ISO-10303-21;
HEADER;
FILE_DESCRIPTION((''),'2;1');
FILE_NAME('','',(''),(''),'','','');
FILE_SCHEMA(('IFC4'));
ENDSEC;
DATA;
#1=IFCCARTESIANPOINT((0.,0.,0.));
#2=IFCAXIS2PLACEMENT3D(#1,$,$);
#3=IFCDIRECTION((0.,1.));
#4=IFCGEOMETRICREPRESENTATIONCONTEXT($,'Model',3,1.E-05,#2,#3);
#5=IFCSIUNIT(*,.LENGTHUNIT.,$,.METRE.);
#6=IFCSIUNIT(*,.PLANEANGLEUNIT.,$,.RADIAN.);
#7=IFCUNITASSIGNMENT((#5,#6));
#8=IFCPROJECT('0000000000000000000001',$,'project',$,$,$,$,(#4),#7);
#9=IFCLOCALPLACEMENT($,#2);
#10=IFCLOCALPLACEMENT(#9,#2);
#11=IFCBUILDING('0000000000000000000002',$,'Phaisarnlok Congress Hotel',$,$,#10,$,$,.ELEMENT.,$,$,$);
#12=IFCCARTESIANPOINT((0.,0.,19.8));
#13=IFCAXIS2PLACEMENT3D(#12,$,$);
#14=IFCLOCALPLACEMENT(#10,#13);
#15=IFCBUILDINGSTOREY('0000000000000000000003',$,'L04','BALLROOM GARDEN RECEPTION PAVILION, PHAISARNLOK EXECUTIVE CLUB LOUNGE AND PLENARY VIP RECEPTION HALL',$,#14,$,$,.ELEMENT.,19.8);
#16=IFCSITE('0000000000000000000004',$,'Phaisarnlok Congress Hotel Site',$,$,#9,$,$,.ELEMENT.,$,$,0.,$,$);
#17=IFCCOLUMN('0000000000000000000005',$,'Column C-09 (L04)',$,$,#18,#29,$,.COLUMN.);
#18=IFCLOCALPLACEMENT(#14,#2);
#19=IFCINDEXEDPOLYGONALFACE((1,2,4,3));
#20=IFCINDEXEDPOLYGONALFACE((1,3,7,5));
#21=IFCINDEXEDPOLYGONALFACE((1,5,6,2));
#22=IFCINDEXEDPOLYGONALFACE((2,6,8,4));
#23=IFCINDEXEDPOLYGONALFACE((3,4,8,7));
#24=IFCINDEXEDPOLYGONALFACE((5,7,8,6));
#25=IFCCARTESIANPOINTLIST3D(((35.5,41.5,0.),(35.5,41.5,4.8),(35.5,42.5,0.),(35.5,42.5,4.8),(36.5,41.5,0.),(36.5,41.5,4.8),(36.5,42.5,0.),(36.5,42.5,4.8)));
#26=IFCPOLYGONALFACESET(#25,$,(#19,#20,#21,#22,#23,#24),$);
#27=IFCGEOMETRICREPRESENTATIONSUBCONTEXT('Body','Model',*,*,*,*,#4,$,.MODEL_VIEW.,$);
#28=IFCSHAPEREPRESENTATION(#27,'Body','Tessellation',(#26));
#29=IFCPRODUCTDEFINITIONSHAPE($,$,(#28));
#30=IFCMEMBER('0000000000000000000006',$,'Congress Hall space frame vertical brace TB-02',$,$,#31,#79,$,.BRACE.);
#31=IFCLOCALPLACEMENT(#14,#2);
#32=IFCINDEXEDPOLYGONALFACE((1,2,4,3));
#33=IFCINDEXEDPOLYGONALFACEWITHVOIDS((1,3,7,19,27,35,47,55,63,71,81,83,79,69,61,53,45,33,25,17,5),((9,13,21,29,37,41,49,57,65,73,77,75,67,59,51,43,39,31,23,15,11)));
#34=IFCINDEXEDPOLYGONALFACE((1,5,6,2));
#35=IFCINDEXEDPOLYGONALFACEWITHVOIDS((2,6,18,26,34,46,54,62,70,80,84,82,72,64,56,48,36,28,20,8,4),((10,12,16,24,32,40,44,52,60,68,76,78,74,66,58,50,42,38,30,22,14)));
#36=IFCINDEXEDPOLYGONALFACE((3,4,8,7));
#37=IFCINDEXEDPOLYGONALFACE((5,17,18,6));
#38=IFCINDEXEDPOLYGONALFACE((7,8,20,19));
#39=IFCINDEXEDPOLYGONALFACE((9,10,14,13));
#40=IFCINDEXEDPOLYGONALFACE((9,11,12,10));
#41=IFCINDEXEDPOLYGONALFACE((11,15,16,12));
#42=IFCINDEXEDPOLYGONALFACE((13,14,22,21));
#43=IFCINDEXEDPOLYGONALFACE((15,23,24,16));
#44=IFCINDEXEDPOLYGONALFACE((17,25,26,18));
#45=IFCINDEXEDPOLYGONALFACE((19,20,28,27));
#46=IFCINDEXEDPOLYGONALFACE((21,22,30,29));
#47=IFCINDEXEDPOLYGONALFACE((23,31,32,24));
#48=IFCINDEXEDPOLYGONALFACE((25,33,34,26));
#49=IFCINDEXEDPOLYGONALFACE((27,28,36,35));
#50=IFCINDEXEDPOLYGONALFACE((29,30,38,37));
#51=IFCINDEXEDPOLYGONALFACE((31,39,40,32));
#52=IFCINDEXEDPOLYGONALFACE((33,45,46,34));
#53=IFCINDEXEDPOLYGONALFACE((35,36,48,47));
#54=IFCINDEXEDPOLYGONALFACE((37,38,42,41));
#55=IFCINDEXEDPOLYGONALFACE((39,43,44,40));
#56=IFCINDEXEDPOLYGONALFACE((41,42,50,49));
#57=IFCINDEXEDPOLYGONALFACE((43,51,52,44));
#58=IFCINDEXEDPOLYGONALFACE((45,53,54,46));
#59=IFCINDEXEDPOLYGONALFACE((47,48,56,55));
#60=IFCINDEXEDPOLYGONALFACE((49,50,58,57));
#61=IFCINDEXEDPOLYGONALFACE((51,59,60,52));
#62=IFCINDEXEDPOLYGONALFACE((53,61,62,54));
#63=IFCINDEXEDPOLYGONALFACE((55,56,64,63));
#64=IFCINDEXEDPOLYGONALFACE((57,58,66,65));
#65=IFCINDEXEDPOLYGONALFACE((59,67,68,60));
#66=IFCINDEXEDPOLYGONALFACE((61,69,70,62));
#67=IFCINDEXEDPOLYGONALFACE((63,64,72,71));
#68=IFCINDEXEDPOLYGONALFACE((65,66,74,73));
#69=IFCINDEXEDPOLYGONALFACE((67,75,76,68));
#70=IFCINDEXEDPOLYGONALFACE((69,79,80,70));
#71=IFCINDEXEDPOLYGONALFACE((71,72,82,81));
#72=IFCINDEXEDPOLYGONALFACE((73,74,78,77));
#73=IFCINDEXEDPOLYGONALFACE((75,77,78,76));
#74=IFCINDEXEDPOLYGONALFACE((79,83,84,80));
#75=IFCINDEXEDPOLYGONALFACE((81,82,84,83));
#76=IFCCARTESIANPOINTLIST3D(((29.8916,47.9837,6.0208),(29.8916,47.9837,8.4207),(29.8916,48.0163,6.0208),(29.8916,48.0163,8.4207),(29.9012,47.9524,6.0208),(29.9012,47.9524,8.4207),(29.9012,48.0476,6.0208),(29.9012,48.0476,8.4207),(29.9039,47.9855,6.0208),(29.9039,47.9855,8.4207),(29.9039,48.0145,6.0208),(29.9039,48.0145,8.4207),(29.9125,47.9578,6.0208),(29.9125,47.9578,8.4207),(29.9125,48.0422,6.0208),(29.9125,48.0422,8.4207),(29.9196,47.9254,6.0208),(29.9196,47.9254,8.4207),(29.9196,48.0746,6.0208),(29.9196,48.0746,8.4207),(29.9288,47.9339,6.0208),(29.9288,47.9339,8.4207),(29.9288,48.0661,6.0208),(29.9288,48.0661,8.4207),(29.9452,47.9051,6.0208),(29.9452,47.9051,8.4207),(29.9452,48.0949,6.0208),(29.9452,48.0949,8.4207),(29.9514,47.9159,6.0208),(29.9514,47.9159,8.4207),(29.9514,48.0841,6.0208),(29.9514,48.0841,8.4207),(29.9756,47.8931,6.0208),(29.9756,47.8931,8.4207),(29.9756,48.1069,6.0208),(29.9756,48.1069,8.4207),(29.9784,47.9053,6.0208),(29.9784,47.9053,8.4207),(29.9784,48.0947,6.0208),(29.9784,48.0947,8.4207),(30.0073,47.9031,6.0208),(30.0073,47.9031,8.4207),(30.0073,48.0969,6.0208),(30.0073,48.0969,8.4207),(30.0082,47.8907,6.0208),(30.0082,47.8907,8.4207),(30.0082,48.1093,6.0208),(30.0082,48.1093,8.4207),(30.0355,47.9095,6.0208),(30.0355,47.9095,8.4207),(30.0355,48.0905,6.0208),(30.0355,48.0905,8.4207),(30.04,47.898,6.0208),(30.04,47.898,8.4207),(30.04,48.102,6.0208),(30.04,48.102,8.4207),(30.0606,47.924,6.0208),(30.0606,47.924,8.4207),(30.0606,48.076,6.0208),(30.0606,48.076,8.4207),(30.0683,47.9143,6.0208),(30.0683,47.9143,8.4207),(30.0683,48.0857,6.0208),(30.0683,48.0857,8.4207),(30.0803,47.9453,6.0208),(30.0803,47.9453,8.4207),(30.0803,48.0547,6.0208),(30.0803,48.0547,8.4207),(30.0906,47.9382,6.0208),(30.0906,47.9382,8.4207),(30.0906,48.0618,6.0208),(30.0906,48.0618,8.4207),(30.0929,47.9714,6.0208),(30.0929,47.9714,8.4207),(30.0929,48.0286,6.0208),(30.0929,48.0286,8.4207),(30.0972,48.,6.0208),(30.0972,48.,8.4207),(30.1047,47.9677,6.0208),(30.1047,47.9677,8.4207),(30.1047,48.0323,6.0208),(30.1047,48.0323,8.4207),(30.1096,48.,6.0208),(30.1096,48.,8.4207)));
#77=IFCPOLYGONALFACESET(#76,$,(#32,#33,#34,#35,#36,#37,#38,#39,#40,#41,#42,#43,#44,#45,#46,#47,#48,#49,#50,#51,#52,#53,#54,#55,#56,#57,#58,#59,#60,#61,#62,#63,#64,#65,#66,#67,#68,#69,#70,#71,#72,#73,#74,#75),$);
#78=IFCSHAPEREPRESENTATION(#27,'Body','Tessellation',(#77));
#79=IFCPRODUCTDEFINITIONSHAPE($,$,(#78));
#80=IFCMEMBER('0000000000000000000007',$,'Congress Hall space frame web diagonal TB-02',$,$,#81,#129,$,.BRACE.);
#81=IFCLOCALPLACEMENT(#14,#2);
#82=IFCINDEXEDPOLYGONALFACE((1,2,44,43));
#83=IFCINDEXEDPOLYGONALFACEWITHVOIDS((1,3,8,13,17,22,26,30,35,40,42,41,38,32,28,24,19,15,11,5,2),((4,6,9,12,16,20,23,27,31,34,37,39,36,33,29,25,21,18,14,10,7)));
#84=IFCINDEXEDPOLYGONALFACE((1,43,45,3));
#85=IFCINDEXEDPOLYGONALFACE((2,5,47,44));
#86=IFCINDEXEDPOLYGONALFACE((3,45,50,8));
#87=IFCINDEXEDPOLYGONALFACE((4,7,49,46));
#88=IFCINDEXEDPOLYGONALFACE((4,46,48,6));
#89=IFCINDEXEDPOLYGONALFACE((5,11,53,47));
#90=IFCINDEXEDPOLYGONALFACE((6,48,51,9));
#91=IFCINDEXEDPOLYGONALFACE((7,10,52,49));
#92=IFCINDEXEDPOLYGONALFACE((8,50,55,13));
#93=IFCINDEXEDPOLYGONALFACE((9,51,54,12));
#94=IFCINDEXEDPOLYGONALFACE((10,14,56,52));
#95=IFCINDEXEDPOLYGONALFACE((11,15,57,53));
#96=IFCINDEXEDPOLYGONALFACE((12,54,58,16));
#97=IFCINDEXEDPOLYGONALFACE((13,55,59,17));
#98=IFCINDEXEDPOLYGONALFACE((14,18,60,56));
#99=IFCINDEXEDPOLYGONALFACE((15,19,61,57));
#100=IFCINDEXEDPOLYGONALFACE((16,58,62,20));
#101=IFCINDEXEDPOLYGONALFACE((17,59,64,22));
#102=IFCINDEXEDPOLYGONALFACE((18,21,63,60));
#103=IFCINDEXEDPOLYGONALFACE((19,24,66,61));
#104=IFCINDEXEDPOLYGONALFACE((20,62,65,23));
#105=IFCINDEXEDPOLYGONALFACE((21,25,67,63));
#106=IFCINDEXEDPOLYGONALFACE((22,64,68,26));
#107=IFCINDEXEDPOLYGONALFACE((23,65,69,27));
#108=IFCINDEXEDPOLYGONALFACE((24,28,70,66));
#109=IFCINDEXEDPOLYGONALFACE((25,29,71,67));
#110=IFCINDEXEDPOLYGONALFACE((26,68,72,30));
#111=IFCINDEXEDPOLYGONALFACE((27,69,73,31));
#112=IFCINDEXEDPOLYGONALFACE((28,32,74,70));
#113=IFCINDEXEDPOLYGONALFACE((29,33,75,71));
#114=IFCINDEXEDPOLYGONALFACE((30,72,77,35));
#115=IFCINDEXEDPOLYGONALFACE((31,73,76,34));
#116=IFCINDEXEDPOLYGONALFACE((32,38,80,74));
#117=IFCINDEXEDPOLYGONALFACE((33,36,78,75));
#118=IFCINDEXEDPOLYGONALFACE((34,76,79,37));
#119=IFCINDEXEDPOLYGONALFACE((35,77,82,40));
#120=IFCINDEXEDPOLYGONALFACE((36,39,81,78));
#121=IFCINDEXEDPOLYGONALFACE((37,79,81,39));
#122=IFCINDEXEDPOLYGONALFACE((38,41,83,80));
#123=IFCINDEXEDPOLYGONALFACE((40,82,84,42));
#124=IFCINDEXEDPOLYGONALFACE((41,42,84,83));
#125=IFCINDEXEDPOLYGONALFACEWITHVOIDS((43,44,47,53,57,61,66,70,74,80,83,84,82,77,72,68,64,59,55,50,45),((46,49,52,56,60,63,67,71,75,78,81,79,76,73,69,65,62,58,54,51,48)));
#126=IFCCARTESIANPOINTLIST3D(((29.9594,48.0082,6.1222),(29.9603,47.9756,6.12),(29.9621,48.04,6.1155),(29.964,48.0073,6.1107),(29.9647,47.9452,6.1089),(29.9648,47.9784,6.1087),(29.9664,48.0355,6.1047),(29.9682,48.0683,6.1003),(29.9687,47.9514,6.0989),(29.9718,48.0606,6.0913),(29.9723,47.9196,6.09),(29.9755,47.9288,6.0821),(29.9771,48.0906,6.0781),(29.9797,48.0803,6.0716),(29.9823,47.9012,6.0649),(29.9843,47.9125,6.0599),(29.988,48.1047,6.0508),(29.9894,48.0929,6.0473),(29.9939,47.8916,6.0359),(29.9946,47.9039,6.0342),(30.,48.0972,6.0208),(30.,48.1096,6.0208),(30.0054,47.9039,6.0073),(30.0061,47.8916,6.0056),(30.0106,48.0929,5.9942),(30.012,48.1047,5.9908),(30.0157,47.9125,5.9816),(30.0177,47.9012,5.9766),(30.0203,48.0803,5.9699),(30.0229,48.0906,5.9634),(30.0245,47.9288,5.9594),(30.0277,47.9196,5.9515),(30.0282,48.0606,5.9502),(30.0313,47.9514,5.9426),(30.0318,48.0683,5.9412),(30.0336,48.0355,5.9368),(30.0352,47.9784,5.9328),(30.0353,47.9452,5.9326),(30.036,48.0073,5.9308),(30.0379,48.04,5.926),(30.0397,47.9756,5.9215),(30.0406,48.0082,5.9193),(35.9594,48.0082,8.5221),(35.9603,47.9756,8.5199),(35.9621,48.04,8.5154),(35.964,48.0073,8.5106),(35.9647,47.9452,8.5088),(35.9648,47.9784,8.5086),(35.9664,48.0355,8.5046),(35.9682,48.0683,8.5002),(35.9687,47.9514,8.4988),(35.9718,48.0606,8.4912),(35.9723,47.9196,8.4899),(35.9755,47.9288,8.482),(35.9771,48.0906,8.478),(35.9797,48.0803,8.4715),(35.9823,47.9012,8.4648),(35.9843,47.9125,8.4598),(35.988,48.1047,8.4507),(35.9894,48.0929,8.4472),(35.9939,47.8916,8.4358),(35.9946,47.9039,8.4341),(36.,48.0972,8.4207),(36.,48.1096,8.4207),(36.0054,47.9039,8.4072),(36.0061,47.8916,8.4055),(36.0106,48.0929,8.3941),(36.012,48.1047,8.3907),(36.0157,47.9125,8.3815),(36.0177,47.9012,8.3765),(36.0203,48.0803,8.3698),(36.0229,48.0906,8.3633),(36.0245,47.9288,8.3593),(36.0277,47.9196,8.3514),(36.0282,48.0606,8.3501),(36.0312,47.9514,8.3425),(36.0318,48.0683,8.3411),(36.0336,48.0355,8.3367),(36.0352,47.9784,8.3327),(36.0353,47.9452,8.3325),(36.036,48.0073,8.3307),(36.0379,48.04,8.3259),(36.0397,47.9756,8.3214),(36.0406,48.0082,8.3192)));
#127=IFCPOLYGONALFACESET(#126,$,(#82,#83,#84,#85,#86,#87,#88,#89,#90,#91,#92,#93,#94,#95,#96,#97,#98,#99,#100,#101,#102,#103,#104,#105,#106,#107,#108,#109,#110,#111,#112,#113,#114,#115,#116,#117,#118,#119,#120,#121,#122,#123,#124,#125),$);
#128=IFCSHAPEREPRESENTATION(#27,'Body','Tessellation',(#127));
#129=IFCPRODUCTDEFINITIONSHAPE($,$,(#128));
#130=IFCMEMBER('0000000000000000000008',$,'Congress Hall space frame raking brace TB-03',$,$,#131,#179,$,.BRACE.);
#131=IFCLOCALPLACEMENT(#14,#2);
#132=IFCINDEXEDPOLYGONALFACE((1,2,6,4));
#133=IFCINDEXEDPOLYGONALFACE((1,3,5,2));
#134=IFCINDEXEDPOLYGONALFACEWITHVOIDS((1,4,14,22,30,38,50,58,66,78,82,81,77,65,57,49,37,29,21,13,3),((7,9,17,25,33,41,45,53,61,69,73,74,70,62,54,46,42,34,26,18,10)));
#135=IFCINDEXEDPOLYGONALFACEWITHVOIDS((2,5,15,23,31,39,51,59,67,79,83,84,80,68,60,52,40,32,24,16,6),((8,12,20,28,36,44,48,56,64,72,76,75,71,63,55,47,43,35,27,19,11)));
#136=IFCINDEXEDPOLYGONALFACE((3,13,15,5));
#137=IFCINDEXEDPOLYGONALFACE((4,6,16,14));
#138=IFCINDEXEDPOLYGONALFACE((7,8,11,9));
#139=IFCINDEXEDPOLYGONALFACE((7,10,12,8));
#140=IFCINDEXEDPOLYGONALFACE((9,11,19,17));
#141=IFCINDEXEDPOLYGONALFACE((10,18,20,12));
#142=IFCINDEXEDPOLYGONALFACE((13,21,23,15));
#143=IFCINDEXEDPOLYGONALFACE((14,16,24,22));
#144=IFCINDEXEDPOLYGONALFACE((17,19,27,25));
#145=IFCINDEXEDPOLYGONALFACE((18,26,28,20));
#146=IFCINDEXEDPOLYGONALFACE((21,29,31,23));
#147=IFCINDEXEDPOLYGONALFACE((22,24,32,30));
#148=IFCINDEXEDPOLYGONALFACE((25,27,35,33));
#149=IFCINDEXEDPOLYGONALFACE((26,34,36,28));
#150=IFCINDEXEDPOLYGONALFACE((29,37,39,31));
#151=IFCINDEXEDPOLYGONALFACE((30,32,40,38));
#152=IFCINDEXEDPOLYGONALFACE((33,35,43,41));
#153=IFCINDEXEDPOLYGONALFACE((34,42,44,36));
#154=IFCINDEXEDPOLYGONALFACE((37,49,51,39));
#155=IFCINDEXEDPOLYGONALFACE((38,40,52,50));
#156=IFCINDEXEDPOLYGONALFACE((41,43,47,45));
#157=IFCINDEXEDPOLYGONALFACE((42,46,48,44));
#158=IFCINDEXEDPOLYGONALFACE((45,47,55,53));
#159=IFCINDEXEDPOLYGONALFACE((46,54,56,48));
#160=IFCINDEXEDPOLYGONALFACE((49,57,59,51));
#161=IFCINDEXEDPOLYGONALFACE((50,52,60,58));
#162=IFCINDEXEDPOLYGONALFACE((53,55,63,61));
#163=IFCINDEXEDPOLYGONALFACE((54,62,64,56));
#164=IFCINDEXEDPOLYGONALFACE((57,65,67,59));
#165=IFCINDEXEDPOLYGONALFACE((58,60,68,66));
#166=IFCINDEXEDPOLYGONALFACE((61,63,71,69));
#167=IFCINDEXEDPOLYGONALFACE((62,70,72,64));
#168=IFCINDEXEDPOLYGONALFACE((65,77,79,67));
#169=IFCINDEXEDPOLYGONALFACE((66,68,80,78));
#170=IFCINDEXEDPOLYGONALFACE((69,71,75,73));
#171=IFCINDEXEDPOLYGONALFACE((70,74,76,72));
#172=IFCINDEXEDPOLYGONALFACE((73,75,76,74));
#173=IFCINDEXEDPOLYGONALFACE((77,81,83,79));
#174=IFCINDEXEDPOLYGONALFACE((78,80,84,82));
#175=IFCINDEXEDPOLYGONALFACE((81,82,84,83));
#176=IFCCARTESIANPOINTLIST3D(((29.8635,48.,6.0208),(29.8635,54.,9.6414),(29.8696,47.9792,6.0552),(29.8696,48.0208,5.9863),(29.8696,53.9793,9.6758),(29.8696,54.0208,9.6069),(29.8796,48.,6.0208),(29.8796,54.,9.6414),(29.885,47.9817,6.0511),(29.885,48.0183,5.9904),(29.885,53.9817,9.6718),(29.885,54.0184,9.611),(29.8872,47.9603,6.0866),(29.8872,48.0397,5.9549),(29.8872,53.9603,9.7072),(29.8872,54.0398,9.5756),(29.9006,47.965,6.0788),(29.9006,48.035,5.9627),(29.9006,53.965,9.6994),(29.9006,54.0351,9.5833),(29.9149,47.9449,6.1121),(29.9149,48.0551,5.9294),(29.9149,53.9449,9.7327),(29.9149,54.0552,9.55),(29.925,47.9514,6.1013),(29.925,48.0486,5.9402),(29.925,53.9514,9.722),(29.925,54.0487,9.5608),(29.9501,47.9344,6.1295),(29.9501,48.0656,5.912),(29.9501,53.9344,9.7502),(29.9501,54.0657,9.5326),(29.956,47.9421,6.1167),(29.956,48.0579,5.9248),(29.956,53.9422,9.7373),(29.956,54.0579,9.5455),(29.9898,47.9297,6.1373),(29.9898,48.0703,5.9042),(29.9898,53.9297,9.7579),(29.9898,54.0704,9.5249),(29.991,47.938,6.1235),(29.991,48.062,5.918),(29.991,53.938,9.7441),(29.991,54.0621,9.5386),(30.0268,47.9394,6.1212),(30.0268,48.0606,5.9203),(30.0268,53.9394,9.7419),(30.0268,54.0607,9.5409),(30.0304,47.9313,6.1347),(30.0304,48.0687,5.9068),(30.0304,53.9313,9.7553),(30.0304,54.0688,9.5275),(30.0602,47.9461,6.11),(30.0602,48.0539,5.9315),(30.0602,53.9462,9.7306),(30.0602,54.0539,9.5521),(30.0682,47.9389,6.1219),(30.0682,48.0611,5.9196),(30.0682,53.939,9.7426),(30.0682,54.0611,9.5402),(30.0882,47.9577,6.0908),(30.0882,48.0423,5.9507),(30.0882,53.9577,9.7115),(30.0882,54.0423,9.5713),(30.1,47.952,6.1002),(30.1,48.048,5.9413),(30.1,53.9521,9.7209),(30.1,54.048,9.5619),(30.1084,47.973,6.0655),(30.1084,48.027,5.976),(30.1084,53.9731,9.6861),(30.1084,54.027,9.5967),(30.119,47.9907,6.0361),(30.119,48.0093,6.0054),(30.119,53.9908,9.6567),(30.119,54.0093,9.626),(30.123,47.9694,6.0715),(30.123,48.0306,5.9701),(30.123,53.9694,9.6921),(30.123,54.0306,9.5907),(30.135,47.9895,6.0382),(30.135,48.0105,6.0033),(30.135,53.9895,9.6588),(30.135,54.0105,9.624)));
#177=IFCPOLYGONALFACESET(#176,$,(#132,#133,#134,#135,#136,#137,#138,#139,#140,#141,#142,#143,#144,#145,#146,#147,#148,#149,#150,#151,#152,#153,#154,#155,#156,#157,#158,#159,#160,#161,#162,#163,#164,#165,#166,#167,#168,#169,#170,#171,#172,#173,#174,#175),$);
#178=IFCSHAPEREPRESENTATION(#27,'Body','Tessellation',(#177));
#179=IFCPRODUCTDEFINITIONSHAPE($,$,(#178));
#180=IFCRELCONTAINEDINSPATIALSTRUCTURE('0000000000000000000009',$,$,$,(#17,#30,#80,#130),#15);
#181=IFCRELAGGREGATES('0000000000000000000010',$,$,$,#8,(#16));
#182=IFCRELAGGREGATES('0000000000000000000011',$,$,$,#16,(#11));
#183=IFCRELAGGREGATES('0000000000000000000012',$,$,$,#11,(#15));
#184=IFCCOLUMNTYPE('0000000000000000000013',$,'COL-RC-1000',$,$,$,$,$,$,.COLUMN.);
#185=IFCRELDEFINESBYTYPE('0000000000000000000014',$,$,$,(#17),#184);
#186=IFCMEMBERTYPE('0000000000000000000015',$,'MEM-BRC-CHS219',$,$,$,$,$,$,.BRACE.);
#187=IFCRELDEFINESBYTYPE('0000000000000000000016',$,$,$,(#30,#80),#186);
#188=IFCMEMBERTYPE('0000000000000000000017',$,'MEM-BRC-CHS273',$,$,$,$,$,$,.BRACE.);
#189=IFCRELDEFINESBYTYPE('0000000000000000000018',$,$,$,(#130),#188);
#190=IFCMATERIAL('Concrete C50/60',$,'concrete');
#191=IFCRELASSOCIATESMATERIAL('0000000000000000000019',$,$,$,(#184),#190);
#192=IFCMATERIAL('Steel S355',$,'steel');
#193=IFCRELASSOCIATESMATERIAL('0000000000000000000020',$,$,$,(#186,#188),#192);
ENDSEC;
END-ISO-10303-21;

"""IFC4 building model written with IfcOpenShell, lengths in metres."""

from ifc_helpers import new_model, si_unit, direction, frame, origin, origin_2d, place, context, subcontext, project, spatial, rectangle, hollow_circle, extrude, material, material_profile, profile_set, type_object, element, save


model = new_model("IFC4")

# Units and contexts
model_context = context("Model", 3, precision=1e-05, world=origin(), true_north=direction((0.0, 1.0)))
body_context = subcontext(model_context, "Body", "Model", "MODEL_VIEW")
ifc_project = project(units=[si_unit("LENGTHUNIT", "METRE"), si_unit("PLANEANGLEUNIT", "RADIAN")], contexts=[model_context])

# Site, building, storey
site_placement = place(None, origin())
site = spatial("IfcSite", under=ifc_project, at=site_placement, Name="Phaisarnlok Congress Hotel Site", CompositionType="ELEMENT", RefElevation=0.0)
building_placement = place(site_placement, origin())
building = spatial("IfcBuilding", under=site, at=building_placement, Name="Phaisarnlok Congress Hotel", CompositionType="ELEMENT")
storey_placement = place(building_placement, frame((0.0, 0.0, 19.8)))
storey = spatial("IfcBuildingStorey", under=building, at=storey_placement, Name="L04", Description="BALLROOM GARDEN RECEPTION PAVILION, PHAISARNLOK EXECUTIVE CLUB LOUNGE AND PLENARY VIP RECEPTION HALL", CompositionType="ELEMENT", Elevation=19.8)

# Column
ifc_material_1 = material(Name="Concrete C50/60", Category="concrete")
ifc_material_profile_1 = material_profile(ifc_material_1, rectangle(XDim=1.0, YDim=1.0, at=origin_2d()), Name="RC 1000x1000")
ifc_profile_set_1 = profile_set([ifc_material_profile_1], Name="Concrete C50/60")
column_type = type_object("IfcColumnType", Name="COL-RC-1000", PredefinedType="COLUMN", material=ifc_profile_set_1)
column_placement = place(storey_placement, frame((36.0, 42.0, 0.0), z_axis=(0.0, 0.0, 1.0), x_axis=(1.0, 0.0, 0.0)))
element("IfcColumn", 1, at=column_placement, inside=storey, type_object=column_type, Name="Column C-09 (L04)", PredefinedType="COLUMN", context=body_context, shape_type="SweptSolid", body=[
    extrude(rectangle(XDim=1.0, YDim=1.0, at=origin_2d()), origin(), (0.0, 0.0, 1.0), 4.8),
])

# Members
ifc_material_2 = material(Name="Steel S355", Category="steel")
ifc_material_profile_2 = material_profile(ifc_material_2, hollow_circle(Radius=0.1096, WallThickness=0.0125, at=origin_2d()), Name="CHS 219.1x12.5")
ifc_profile_set_2 = profile_set([ifc_material_profile_2], Name="Steel S355")
member_type_1 = type_object("IfcMemberType", Name="MEM-BRC-CHS219", PredefinedType="BRACE", material=ifc_profile_set_2)
member_1_placement = place(storey_placement, frame((30.0, 48.0, 6.0208), z_axis=(0.0, 0.0, 1.0), x_axis=(1.0, 0.0, 0.0)))
element("IfcMember", 2, at=member_1_placement, inside=storey, type_object=member_type_1, Name="Congress Hall space frame vertical brace TB-02", PredefinedType="BRACE", context=body_context, shape_type="SweptSolid", body=[
    extrude(hollow_circle(Radius=0.1096, WallThickness=0.0125, at=origin_2d()), origin(), (0.0, 0.0, 1.0), 2.3999),
])
member_2_placement = place(storey_placement, frame((30.0, 48.0, 6.0208), z_axis=(0.928482, 0.0, 0.371378), x_axis=(0.0, 1.0, 0.0)))
element("IfcMember", 3, at=member_2_placement, inside=storey, type_object=member_type_1, Name="Congress Hall space frame web diagonal TB-02", PredefinedType="BRACE", context=body_context, shape_type="SweptSolid", body=[
    extrude(hollow_circle(Radius=0.1096, WallThickness=0.0125, at=origin_2d()), origin(), (0.0, 0.0, 1.0), 6.4622),
])
ifc_material_profile_3 = material_profile(ifc_material_2, hollow_circle(Radius=0.1365, WallThickness=0.0161, at=origin_2d()), Name="CHS 273x16")
ifc_profile_set_3 = profile_set([ifc_material_profile_3], Name="Steel S355")
member_type_2 = type_object("IfcMemberType", Name="MEM-BRC-CHS273", PredefinedType="BRACE", material=ifc_profile_set_3)
member_3_placement = place(storey_placement, frame((30.0, 48.0, 6.0208), z_axis=(0.0, 0.856193, 0.516656), x_axis=(-1.0, 0.0, 0.0)))
element("IfcMember", 4, at=member_3_placement, inside=storey, type_object=member_type_2, Name="Congress Hall space frame raking brace TB-03", PredefinedType="BRACE", context=body_context, shape_type="SweptSolid", body=[
    extrude(hollow_circle(Radius=0.1365, WallThickness=0.0161, at=origin_2d()), origin(), (0.0, 0.0, 1.0), 7.0078),
])

save(model, "model.ifc")
